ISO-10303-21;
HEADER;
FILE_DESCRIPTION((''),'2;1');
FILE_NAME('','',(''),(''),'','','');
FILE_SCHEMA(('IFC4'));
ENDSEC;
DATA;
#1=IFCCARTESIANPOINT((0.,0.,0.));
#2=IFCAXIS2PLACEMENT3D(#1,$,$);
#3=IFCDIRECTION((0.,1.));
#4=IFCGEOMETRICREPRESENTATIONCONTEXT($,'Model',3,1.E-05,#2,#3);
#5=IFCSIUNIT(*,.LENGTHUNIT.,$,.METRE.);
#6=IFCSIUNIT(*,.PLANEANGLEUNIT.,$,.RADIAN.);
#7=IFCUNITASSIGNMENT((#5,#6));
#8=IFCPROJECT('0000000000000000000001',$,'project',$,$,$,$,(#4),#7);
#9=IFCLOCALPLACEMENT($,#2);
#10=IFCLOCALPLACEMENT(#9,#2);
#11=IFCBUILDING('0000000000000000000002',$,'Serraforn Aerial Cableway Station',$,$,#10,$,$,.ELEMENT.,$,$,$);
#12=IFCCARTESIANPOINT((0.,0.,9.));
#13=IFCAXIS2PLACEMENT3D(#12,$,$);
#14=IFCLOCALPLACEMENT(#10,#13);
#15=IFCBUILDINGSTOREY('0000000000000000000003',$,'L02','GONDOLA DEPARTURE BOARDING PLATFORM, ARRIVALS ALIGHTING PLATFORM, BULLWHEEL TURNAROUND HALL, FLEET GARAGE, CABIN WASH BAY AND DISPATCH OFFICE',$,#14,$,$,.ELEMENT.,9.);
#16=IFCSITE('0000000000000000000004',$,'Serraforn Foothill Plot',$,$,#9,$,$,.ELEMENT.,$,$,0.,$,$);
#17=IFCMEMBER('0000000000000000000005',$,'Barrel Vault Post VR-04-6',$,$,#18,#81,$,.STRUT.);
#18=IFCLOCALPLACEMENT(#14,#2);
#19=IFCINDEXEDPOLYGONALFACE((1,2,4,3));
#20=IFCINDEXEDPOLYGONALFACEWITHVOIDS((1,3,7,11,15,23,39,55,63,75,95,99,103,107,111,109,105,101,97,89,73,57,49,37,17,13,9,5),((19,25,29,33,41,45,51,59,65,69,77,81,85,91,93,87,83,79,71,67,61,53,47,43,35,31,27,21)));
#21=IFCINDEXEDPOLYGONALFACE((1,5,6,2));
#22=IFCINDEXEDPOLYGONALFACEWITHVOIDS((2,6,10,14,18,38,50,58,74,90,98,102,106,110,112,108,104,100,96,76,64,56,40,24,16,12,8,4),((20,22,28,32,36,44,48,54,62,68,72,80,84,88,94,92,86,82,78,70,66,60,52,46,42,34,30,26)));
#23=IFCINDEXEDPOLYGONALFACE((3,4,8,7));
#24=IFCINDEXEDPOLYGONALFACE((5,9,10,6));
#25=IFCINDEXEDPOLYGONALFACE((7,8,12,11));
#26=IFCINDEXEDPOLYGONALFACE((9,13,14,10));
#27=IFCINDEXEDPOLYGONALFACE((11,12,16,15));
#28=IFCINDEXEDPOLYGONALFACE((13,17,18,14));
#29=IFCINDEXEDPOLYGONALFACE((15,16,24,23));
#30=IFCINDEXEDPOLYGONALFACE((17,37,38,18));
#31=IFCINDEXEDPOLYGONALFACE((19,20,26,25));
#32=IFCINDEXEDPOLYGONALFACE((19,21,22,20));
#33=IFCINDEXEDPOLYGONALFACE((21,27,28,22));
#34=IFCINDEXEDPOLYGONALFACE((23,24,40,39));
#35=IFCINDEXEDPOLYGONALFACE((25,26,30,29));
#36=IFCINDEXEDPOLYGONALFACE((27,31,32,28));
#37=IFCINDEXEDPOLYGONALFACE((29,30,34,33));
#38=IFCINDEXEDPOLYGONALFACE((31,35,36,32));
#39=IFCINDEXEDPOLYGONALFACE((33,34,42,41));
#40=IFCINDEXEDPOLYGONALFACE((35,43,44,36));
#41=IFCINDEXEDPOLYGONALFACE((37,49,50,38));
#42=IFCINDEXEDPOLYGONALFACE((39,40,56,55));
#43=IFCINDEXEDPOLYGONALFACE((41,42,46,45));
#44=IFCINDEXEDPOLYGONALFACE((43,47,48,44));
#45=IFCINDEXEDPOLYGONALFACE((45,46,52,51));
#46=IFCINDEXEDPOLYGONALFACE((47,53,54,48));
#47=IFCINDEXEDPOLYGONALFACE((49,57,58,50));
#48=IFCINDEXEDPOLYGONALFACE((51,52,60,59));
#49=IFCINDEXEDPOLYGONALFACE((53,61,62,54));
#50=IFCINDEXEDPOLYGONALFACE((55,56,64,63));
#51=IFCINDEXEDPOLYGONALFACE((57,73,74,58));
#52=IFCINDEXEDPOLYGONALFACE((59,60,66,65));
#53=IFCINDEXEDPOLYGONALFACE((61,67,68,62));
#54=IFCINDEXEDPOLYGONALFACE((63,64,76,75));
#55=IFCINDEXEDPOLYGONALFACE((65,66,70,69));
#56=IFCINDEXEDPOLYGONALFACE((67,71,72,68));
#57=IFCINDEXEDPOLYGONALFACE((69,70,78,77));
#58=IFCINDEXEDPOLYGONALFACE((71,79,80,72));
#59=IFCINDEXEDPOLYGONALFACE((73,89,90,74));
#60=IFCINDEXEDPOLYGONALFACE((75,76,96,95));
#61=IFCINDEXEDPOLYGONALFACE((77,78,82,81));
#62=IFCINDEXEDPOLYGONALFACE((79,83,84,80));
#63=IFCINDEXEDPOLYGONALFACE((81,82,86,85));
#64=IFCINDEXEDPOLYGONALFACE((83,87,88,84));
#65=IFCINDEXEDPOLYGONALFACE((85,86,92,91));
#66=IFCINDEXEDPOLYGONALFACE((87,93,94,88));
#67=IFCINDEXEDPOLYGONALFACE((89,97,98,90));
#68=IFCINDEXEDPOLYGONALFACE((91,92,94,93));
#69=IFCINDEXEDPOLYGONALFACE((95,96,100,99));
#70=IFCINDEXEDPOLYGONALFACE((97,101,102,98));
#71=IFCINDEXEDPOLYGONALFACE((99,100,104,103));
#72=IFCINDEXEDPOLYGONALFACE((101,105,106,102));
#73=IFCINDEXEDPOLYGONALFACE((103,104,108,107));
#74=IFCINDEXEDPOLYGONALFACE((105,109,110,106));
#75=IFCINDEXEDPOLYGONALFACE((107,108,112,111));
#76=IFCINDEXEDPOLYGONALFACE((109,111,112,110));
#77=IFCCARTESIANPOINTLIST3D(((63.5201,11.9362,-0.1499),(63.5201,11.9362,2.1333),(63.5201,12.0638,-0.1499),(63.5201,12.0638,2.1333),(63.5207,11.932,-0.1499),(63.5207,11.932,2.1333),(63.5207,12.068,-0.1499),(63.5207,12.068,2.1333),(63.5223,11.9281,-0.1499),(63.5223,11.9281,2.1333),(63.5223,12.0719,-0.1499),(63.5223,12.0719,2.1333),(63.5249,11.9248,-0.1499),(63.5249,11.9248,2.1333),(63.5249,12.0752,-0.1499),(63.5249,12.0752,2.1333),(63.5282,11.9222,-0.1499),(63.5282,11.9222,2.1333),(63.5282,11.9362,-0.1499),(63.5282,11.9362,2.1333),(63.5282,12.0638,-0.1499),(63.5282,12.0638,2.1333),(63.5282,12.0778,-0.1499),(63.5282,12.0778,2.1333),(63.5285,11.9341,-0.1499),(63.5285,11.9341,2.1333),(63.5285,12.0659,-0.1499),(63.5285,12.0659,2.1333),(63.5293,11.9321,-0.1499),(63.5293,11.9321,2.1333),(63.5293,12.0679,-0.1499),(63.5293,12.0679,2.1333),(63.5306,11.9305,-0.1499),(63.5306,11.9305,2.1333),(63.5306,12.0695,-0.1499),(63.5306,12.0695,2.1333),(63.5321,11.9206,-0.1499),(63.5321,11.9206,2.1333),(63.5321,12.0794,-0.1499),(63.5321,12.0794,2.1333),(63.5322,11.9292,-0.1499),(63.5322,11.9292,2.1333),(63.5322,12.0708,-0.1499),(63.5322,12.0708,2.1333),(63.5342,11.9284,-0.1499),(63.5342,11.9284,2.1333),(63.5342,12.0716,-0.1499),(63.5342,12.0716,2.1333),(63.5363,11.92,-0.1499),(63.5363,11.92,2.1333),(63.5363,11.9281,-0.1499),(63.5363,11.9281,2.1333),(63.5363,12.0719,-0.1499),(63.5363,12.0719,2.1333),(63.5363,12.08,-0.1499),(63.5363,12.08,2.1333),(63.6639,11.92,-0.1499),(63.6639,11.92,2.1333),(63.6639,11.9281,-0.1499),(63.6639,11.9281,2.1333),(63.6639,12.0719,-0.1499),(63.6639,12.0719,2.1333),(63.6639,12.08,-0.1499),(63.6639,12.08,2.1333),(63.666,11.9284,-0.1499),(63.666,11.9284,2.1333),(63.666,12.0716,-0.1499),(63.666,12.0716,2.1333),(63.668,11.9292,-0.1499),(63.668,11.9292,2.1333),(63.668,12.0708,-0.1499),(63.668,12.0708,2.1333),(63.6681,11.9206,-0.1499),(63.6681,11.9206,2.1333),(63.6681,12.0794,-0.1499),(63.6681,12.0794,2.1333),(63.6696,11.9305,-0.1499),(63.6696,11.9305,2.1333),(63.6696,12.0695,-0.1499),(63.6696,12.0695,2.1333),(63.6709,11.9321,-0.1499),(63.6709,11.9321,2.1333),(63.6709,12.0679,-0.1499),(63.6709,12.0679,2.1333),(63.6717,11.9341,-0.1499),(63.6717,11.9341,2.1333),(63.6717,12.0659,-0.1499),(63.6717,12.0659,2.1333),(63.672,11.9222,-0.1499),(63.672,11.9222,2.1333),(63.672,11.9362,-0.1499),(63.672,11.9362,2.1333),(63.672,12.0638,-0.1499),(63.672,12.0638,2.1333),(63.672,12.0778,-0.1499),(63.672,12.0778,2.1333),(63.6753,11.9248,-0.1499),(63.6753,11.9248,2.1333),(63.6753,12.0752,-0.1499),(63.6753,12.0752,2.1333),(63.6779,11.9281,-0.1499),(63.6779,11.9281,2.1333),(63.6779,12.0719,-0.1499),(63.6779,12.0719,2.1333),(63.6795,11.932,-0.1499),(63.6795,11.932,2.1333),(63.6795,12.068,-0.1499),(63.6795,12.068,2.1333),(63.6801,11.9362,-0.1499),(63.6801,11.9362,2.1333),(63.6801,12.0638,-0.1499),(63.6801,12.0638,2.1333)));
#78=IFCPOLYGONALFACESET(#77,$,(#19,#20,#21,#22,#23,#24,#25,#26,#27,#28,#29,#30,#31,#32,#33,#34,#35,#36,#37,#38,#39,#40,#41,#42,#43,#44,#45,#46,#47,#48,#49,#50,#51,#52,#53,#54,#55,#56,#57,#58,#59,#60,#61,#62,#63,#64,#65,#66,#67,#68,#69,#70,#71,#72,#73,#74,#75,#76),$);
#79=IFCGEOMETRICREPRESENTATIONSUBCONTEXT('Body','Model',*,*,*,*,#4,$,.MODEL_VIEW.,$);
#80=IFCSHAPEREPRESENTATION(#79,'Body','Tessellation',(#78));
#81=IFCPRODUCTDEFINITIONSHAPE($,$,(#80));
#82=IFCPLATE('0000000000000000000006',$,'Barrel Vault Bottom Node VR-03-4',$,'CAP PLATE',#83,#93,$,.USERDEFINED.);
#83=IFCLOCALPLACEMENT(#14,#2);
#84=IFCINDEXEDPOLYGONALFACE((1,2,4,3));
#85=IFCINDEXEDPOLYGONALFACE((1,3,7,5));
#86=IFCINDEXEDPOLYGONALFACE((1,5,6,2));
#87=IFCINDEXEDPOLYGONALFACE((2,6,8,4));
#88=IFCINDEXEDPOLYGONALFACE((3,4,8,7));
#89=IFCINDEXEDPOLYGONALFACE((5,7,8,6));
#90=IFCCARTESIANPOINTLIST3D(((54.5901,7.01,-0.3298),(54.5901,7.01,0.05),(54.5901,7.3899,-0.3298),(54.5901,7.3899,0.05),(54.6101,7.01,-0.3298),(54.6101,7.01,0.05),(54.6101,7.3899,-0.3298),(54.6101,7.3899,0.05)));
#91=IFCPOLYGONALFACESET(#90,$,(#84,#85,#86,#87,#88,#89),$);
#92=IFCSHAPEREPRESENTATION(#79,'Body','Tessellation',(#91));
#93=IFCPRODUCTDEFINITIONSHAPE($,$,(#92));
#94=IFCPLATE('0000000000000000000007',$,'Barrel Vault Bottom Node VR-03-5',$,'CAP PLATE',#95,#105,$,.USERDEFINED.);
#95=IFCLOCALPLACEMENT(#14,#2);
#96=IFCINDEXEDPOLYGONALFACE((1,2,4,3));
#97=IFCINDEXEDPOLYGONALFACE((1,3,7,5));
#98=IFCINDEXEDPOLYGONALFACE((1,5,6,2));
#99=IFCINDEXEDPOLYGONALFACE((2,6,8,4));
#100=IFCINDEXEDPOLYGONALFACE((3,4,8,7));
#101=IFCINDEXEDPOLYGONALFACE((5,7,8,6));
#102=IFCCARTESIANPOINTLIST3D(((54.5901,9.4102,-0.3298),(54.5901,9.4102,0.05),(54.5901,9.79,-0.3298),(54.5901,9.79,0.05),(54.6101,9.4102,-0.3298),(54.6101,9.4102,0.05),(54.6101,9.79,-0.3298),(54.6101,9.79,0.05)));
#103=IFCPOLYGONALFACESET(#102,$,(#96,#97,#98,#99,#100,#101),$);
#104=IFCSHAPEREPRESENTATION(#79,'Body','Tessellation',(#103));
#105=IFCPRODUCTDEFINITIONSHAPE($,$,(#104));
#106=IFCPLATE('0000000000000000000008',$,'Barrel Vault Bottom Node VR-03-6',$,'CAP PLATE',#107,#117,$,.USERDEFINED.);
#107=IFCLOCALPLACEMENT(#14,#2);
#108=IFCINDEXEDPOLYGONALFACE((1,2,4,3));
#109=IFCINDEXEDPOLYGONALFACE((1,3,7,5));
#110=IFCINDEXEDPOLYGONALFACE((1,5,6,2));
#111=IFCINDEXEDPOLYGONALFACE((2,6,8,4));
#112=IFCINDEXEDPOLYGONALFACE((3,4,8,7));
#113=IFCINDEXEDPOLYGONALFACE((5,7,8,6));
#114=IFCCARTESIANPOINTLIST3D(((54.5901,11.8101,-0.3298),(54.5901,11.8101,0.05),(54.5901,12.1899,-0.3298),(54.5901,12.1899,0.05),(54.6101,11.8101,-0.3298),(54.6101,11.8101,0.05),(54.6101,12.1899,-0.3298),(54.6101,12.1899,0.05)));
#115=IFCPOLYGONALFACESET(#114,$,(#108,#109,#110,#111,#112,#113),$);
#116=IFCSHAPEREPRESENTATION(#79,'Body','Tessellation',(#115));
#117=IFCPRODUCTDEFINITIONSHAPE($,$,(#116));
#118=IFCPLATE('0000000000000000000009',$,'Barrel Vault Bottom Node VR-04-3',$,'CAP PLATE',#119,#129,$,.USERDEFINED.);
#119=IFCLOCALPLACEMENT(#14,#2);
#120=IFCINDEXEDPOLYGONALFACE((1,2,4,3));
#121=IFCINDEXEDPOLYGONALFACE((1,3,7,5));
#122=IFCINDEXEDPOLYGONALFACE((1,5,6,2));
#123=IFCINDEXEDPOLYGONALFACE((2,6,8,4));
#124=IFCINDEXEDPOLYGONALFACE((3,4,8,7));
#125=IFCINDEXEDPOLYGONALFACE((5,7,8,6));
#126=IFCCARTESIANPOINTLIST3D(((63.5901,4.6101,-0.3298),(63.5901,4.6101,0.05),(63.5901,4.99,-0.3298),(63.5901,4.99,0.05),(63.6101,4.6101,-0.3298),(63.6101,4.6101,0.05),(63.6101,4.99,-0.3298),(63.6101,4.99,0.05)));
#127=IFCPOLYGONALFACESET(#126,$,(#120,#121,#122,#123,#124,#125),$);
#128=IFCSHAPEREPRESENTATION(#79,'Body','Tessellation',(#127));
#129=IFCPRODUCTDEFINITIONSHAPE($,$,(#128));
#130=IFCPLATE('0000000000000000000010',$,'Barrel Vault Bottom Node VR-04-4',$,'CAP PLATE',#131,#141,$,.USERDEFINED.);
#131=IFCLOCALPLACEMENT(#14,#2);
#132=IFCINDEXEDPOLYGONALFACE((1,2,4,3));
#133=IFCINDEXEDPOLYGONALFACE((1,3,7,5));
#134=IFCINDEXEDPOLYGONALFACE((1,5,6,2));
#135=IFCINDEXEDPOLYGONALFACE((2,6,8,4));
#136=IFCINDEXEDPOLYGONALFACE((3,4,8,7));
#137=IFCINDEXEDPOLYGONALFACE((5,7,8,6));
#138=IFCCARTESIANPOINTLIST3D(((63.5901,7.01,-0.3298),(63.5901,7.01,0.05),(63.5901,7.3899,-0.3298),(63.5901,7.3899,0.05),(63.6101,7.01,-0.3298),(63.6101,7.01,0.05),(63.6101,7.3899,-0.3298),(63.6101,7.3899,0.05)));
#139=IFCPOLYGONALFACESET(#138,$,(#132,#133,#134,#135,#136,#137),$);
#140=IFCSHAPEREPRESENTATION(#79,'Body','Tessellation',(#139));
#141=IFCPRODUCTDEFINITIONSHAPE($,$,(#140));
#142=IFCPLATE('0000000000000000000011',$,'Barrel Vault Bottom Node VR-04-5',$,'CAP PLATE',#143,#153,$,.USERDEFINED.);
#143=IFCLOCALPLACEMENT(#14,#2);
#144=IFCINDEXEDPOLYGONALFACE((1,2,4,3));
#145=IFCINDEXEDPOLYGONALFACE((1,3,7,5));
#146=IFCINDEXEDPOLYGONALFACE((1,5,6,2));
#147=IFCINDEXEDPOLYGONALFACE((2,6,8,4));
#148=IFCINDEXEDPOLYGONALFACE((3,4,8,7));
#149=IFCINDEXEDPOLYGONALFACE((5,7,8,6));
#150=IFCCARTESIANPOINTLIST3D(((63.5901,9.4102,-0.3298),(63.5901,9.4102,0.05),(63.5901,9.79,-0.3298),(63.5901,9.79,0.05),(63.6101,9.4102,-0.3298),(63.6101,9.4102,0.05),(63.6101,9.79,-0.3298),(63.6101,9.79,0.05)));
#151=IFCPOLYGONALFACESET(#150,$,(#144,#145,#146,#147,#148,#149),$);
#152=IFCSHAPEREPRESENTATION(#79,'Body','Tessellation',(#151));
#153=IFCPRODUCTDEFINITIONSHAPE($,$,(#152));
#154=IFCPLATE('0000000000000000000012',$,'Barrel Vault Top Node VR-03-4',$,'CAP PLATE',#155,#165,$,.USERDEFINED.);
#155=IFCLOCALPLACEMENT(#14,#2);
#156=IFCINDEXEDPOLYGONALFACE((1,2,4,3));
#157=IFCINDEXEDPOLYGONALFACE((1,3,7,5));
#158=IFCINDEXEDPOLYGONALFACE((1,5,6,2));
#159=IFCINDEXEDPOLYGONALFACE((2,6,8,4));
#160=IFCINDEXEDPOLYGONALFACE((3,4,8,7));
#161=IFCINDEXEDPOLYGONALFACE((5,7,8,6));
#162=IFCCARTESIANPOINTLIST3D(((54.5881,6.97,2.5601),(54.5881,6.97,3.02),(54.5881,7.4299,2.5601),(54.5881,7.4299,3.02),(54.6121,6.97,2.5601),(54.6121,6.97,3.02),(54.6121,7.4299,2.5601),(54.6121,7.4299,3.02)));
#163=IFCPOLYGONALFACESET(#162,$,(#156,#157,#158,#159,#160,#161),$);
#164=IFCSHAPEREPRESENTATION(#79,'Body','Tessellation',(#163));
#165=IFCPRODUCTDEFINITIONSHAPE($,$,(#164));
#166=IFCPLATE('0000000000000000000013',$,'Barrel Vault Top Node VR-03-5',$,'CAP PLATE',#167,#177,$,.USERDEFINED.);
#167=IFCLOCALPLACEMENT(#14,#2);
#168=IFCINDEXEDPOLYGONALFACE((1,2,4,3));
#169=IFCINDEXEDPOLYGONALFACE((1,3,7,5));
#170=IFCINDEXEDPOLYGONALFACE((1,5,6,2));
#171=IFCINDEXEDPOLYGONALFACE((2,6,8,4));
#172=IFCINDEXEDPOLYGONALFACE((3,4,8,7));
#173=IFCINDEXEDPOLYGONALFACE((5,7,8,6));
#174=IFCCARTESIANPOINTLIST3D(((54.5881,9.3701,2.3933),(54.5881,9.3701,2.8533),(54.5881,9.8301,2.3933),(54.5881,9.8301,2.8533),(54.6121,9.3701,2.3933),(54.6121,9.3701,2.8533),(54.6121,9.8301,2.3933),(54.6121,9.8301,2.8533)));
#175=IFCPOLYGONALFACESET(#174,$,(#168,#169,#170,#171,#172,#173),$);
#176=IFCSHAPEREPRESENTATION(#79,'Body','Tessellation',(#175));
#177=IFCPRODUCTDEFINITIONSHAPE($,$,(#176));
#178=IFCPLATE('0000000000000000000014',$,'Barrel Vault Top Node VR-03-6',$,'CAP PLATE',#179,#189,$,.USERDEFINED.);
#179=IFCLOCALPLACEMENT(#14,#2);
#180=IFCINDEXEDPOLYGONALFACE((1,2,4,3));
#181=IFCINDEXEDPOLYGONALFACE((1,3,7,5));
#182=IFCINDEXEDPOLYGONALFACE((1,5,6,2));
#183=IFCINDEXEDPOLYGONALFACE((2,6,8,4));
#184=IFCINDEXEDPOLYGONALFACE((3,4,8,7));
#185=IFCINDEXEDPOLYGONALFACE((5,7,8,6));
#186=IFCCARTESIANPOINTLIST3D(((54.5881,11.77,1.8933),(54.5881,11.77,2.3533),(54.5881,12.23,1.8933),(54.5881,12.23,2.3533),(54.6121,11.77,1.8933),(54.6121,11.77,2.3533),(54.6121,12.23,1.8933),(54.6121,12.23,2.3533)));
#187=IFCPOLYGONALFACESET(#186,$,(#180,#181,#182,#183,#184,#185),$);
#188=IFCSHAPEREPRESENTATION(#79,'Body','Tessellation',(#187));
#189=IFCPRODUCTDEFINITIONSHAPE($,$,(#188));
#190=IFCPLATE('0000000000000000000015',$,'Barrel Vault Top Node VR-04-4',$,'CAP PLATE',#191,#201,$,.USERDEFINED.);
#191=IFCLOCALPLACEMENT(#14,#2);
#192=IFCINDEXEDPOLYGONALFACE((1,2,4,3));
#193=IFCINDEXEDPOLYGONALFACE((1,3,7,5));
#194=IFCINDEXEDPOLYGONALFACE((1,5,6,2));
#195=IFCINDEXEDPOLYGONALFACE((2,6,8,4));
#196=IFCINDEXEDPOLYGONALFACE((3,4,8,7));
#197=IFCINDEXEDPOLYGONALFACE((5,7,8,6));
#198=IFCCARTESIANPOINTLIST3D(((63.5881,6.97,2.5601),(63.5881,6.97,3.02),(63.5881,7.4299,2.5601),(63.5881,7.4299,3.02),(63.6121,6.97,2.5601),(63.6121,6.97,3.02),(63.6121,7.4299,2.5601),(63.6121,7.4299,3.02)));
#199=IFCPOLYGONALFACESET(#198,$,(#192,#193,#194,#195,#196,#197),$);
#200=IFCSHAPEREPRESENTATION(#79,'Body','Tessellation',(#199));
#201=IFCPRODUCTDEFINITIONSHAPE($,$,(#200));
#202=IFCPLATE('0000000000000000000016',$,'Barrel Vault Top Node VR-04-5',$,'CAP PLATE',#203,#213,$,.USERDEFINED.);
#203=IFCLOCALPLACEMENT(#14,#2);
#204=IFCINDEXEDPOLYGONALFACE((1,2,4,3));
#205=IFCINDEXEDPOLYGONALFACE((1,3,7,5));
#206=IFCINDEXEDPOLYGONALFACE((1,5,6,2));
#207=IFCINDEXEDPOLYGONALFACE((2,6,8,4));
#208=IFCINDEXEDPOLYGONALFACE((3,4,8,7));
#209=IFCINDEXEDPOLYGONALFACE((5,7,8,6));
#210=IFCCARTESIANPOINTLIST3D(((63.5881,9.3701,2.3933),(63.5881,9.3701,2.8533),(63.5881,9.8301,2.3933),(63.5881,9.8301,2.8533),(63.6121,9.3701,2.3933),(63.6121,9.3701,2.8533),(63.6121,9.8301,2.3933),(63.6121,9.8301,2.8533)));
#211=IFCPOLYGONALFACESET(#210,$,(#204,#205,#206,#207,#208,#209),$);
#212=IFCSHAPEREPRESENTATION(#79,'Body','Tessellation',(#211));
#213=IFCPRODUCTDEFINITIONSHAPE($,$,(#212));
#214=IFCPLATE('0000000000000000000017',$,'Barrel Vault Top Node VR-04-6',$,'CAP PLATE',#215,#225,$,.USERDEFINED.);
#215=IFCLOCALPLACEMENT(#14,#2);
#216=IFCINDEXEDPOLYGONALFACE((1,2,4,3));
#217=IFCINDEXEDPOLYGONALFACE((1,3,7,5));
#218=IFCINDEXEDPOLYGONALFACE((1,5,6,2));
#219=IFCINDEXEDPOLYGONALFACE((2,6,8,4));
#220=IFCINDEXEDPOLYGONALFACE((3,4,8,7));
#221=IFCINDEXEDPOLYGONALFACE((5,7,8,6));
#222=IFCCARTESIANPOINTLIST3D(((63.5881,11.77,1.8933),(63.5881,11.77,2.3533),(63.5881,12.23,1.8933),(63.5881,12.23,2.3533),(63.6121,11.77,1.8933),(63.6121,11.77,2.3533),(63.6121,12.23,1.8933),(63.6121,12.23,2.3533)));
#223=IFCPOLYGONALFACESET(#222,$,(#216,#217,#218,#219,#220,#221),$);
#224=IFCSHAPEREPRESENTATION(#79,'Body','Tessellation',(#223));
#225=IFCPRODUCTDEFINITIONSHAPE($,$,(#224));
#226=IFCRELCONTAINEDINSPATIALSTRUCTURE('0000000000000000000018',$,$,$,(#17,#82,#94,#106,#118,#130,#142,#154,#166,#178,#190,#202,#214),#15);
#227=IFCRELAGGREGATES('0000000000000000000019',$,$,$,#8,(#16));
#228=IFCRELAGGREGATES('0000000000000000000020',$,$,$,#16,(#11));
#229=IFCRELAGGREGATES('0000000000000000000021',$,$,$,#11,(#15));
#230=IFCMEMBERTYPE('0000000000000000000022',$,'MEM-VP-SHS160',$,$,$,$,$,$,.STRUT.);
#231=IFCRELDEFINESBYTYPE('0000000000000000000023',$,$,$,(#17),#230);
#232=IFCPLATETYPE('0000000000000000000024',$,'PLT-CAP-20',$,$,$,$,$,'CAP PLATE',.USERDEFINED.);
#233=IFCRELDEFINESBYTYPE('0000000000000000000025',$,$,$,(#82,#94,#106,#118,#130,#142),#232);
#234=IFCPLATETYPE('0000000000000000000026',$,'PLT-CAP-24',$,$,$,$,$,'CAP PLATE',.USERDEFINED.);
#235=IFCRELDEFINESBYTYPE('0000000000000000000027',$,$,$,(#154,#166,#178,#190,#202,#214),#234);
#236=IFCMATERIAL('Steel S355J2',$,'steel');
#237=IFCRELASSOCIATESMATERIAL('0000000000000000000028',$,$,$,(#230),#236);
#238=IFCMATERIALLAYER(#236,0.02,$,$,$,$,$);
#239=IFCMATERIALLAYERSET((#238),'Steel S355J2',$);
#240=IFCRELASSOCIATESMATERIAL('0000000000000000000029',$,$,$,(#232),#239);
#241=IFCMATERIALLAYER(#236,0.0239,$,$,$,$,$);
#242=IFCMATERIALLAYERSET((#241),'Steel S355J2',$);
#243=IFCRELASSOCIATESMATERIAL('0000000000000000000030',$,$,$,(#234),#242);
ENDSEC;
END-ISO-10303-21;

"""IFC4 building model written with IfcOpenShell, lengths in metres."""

from ifc_helpers import new_model, si_unit, direction, frame, origin, origin_2d, place, context, subcontext, project, spatial, rectangle, hollow_rectangle, extrude, material, layer, layer_set, material_profile, profile_set, type_object, element, save


model = new_model("IFC4")

# Units and contexts
model_context = context("Model", 3, precision=1e-05, world=origin(), true_north=direction((0.0, 1.0)))
body_context = subcontext(model_context, "Body", "Model", "MODEL_VIEW")
ifc_project = project(units=[si_unit("LENGTHUNIT", "METRE"), si_unit("PLANEANGLEUNIT", "RADIAN")], contexts=[model_context])

# Site, building, storey
site_placement = place(None, origin())
site = spatial("IfcSite", under=ifc_project, at=site_placement, Name="Serraforn Foothill Plot", CompositionType="ELEMENT", RefElevation=0.0)
building_placement = place(site_placement, origin())
building = spatial("IfcBuilding", under=site, at=building_placement, Name="Serraforn Aerial Cableway Station", CompositionType="ELEMENT")
storey_placement = place(building_placement, frame((0.0, 0.0, 9.0)))
storey = spatial("IfcBuildingStorey", under=building, at=storey_placement, Name="L02", Description="GONDOLA DEPARTURE BOARDING PLATFORM, ARRIVALS ALIGHTING PLATFORM, BULLWHEEL TURNAROUND HALL, FLEET GARAGE, CABIN WASH BAY AND DISPATCH OFFICE", CompositionType="ELEMENT", Elevation=9.0)

# Member
ifc_material_1 = material(Name="Steel S355J2", Category="steel")
ifc_material_profile_1 = material_profile(ifc_material_1, hollow_rectangle(XDim=0.1599, YDim=0.1599, WallThickness=0.0081, InnerFilletRadius=0.0081, OuterFilletRadius=0.0161, at=origin_2d()), Name="SHS 160x160x8.0")
ifc_profile_set_1 = profile_set([ifc_material_profile_1], Name="Steel S355J2")
member_type_1 = type_object("IfcMemberType", Name="MEM-VP-SHS160", PredefinedType="STRUT", material=ifc_profile_set_1)
member_1_placement = place(storey_placement, frame((63.6001, 12.0, -0.1499), z_axis=(0.0, 0.0, 1.0), x_axis=(1.0, 0.0, 0.0)))
element("IfcMember", 1, at=member_1_placement, inside=storey, type_object=member_type_1, Name="Barrel Vault Post VR-04-6", PredefinedType="STRUT", context=body_context, shape_type="SweptSolid", body=[
    extrude(hollow_rectangle(XDim=0.1599, YDim=0.1599, WallThickness=0.0081, InnerFilletRadius=0.0081, OuterFilletRadius=0.0161, at=origin_2d()), origin(), (0.0, 0.0, 1.0), 2.2832),
])

# Plates
ifc_layer_1 = layer(ifc_material_1, 0.02)
ifc_layer_set_1 = layer_set([ifc_layer_1], Name="Steel S355J2")
plate_type_1 = type_object("IfcPlateType", Name="PLT-CAP-20", ElementType="CAP PLATE", PredefinedType="USERDEFINED", material=ifc_layer_set_1)
for number, where, z_axis, x_axis, name in (
    (2, (54.6001, 7.2, -0.3298), (0.0, 0.0, 1.0), (1.0, 0.0, 0.0), "Barrel Vault Bottom Node VR-03-4"),
    (3, (54.6001, 9.6001, -0.3298), (0.0, 0.0, 1.0), (1.0, 0.0, 0.0), "Barrel Vault Bottom Node VR-03-5"),
    (4, (54.6001, 12.0, -0.3298), (0.0, 0.0, 1.0), (1.0, 0.0, 0.0), "Barrel Vault Bottom Node VR-03-6"),
    (5, (63.6001, 4.8, -0.3298), (0.0, 0.0, 1.0), (1.0, 0.0, 0.0), "Barrel Vault Bottom Node VR-04-3"),
    (6, (63.6001, 7.2, -0.3298), (0.0, 0.0, 1.0), (1.0, 0.0, 0.0), "Barrel Vault Bottom Node VR-04-4"),
    (7, (63.6001, 9.6001, -0.3298), (0.0, 0.0, 1.0), (1.0, 0.0, 0.0), "Barrel Vault Bottom Node VR-04-5"),
):
    element("IfcPlate", number, at=place(storey_placement, frame(where, z_axis=z_axis, x_axis=x_axis)), inside=storey, type_object=plate_type_1, Name=name, ObjectType="CAP PLATE", PredefinedType="USERDEFINED", context=body_context, shape_type="SweptSolid", body=[
        extrude(rectangle(XDim=0.02, YDim=0.3799, at=origin_2d()), origin(), (0.0, 0.0, 1.0), 0.3799),
    ])
ifc_layer_2 = layer(ifc_material_1, 0.0239)
ifc_layer_set_2 = layer_set([ifc_layer_2], Name="Steel S355J2")
plate_type_2 = type_object("IfcPlateType", Name="PLT-CAP-24", ElementType="CAP PLATE", PredefinedType="USERDEFINED", material=ifc_layer_set_2)
for number, where, z_axis, x_axis, name in (
    (8, (54.6001, 7.2, 2.5601), (0.0, 0.0, 1.0), (1.0, 0.0, 0.0), "Barrel Vault Top Node VR-03-4"),
    (9, (54.6001, 9.6001, 2.3933), (0.0, 0.0, 1.0), (1.0, 0.0, 0.0), "Barrel Vault Top Node VR-03-5"),
    (10, (54.6001, 12.0, 1.8933), (0.0, 0.0, 1.0), (1.0, 0.0, 0.0), "Barrel Vault Top Node VR-03-6"),
    (11, (63.6001, 7.2, 2.5601), (0.0, 0.0, 1.0), (1.0, 0.0, 0.0), "Barrel Vault Top Node VR-04-4"),
    (12, (63.6001, 9.6001, 2.3933), (0.0, 0.0, 1.0), (1.0, 0.0, 0.0), "Barrel Vault Top Node VR-04-5"),
    (13, (63.6001, 12.0, 1.8933), (0.0, 0.0, 1.0), (1.0, 0.0, 0.0), "Barrel Vault Top Node VR-04-6"),
):
    element("IfcPlate", number, at=place(storey_placement, frame(where, z_axis=z_axis, x_axis=x_axis)), inside=storey, type_object=plate_type_2, Name=name, ObjectType="CAP PLATE", PredefinedType="USERDEFINED", context=body_context, shape_type="SweptSolid", body=[
        extrude(rectangle(XDim=0.0239, YDim=0.46, at=origin_2d()), origin(), (0.0, 0.0, 1.0), 0.46),
    ])

save(model, "model.ifc")
